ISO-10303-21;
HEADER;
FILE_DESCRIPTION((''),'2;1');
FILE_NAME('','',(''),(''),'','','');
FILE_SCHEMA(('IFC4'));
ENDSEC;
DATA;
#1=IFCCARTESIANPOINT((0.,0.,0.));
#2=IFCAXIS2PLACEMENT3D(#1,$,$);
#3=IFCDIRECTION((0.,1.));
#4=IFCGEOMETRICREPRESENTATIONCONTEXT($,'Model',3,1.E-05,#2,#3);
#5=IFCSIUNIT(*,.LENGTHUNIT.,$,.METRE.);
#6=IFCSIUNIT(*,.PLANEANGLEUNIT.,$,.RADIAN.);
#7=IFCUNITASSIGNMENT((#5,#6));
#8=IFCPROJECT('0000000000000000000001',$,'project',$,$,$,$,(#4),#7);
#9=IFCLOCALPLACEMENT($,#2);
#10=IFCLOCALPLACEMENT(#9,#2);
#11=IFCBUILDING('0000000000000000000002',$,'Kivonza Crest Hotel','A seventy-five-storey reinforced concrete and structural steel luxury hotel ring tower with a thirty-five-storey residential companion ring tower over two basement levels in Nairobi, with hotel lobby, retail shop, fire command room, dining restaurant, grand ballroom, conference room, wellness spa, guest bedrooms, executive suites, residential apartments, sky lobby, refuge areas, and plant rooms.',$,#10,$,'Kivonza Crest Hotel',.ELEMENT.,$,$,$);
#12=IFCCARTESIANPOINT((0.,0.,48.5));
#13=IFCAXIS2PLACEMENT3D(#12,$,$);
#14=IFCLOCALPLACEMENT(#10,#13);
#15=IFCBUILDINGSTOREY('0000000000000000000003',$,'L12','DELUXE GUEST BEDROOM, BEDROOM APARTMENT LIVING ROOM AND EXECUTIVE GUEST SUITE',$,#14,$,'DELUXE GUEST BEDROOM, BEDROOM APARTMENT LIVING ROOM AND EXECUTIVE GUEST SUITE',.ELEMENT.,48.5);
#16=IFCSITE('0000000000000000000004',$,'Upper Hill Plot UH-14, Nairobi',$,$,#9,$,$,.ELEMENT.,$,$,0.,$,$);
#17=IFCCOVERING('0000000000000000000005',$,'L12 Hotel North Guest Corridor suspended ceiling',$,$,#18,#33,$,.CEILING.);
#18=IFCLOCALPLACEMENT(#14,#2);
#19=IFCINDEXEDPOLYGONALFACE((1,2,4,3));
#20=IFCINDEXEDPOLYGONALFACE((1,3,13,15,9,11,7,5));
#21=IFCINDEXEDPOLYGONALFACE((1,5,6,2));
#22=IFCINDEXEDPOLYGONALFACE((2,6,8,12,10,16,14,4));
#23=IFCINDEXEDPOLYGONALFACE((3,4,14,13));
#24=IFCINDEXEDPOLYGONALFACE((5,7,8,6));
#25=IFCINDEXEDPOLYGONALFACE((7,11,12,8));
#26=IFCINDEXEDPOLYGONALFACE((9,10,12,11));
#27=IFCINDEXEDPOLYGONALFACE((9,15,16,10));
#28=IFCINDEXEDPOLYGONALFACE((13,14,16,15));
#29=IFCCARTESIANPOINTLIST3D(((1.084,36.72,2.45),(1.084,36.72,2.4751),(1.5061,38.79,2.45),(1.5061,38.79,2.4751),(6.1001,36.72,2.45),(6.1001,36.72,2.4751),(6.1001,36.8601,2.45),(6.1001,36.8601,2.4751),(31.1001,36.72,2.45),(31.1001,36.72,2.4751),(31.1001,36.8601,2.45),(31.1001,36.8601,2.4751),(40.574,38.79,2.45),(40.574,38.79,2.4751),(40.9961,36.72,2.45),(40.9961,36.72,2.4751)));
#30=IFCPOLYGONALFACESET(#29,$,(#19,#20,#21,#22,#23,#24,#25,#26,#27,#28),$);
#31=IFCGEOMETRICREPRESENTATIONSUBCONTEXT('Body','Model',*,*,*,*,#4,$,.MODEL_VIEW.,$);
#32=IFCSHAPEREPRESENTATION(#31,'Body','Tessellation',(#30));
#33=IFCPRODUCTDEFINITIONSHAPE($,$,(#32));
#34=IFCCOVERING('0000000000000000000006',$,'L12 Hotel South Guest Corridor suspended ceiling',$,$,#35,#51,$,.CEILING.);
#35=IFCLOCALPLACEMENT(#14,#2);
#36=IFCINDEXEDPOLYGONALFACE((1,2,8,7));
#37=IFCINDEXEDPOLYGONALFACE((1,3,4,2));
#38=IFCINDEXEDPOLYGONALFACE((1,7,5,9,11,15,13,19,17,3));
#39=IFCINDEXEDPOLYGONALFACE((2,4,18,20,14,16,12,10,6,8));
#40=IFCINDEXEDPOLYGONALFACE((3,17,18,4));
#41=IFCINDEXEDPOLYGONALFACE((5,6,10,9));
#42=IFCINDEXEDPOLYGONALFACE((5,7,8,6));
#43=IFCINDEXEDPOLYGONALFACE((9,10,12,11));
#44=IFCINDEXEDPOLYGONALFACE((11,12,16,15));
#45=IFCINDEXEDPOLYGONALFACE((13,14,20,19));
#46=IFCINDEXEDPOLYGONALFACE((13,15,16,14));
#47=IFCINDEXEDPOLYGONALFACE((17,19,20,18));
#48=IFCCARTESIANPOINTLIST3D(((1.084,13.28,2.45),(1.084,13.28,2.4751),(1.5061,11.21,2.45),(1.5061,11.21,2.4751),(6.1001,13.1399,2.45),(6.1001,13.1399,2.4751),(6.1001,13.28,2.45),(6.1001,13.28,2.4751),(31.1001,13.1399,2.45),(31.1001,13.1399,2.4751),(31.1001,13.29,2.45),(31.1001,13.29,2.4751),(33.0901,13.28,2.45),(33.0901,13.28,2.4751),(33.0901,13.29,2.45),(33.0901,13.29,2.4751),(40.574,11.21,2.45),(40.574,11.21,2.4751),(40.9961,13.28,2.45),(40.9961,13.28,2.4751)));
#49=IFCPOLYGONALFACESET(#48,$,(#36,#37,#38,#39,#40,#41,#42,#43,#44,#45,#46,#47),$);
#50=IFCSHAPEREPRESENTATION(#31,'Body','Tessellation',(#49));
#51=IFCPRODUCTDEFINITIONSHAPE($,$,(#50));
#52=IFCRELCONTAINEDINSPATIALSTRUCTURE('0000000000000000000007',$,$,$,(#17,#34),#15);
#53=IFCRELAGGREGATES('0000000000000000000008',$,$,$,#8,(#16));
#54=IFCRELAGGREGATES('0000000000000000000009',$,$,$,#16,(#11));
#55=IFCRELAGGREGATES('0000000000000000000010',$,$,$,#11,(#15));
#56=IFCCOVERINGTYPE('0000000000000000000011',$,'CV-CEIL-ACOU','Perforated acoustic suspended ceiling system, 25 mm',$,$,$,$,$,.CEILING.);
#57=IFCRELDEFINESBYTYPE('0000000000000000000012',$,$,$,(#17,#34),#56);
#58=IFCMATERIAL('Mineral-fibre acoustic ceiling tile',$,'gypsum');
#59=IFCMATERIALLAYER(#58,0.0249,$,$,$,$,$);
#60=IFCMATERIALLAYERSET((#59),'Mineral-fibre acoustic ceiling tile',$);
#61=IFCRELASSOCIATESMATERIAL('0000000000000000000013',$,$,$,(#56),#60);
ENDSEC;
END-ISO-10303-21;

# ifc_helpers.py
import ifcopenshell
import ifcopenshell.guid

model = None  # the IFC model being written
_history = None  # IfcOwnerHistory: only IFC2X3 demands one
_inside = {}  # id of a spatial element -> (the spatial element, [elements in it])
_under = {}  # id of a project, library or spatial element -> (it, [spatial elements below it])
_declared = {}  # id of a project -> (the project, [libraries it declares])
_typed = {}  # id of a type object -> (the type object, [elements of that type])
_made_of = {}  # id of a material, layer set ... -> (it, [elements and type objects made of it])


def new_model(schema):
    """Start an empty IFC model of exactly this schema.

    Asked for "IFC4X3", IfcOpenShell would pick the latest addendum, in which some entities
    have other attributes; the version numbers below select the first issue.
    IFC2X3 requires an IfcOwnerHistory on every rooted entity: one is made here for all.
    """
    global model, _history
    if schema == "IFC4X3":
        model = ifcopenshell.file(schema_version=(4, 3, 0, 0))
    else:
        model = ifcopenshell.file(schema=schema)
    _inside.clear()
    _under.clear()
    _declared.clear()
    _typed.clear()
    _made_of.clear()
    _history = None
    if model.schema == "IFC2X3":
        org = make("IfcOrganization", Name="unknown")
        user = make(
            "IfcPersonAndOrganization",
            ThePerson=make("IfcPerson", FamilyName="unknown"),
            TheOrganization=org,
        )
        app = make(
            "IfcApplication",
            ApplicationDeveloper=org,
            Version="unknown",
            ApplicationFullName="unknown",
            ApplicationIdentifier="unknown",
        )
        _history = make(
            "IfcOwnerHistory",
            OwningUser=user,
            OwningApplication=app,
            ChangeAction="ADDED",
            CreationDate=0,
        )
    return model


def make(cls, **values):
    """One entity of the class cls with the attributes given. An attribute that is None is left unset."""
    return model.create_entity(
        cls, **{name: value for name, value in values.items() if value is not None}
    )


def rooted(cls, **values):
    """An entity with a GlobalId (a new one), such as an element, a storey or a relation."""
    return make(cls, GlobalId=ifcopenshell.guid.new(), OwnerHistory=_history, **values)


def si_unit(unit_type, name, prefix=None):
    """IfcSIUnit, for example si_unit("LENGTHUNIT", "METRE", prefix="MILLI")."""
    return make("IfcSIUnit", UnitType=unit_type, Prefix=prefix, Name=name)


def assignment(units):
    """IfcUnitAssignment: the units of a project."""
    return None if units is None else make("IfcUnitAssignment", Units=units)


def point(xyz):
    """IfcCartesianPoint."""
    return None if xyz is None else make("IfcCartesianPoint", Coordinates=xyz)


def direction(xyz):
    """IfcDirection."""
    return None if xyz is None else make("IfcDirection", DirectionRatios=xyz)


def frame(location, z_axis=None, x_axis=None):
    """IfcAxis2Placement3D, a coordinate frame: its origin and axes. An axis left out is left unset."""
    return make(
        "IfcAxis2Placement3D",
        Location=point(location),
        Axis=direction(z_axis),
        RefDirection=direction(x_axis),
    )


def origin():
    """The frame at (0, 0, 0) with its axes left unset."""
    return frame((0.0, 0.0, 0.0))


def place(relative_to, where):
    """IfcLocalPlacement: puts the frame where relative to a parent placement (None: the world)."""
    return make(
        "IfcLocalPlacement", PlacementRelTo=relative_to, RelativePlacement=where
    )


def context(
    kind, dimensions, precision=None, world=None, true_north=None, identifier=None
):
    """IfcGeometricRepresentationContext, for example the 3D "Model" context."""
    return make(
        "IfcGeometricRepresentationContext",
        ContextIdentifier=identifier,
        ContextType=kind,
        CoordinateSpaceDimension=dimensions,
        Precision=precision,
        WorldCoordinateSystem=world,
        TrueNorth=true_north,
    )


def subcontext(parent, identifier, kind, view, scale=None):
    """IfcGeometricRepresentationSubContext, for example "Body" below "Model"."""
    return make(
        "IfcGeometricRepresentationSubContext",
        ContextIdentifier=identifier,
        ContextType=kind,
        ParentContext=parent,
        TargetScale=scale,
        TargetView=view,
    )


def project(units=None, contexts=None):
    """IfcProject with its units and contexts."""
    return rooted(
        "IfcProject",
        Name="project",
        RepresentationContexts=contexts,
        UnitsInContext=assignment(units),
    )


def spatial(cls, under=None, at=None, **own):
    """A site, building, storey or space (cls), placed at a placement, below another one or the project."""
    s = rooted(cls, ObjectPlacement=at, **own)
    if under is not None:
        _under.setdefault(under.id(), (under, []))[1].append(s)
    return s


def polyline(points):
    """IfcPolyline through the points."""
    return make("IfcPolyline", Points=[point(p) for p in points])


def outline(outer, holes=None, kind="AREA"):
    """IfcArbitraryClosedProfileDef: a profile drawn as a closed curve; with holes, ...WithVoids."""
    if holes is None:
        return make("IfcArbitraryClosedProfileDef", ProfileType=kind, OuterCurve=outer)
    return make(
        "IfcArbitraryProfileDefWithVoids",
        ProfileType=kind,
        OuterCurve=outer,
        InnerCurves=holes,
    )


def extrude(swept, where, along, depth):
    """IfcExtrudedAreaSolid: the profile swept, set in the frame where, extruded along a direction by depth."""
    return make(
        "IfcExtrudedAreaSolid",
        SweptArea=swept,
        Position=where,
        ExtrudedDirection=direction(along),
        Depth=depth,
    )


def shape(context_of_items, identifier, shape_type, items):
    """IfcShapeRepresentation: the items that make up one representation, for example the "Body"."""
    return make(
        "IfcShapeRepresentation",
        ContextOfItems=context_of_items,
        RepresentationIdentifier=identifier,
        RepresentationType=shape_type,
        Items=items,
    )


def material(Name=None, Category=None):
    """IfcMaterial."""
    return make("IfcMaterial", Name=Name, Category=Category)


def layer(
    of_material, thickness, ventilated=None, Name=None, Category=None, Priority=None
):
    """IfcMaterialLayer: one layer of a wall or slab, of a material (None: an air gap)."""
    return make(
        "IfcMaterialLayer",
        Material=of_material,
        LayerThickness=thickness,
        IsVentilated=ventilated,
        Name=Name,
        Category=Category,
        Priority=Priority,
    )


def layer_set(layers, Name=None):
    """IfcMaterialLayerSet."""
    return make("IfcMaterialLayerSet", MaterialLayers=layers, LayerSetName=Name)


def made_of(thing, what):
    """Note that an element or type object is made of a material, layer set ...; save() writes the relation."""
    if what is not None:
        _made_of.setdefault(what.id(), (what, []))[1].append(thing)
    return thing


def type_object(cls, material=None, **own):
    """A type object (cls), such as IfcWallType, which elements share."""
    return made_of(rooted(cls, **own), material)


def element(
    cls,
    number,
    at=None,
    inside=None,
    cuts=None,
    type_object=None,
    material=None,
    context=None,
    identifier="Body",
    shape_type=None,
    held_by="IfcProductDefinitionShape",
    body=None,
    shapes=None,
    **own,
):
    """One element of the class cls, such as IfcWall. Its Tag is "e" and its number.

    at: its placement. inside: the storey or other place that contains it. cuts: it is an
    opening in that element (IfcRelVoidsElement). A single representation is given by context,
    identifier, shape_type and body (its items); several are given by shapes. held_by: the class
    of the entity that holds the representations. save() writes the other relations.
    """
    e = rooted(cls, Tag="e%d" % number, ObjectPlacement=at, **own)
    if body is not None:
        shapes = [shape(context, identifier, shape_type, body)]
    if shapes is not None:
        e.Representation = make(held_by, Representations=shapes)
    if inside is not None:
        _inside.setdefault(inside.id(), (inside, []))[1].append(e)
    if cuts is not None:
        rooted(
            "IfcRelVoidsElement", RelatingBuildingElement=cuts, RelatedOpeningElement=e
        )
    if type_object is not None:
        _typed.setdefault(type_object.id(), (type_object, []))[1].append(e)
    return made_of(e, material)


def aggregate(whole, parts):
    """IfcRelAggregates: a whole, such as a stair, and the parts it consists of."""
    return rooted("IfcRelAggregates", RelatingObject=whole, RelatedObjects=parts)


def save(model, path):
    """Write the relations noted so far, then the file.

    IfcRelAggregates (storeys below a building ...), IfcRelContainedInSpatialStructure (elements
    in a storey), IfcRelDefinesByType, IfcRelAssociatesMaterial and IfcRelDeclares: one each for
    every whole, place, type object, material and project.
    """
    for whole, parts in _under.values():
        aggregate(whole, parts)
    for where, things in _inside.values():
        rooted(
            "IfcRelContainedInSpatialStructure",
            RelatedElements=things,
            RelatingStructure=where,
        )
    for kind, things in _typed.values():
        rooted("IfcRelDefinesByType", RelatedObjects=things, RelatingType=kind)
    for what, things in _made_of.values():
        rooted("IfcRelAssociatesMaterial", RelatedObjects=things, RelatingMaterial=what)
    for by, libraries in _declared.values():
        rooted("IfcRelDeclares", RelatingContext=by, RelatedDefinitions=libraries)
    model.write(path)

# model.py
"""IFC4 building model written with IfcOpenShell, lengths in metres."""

from ifc_helpers import new_model, si_unit, direction, frame, origin, place, context, subcontext, project, spatial, polyline, outline, extrude, material, layer, layer_set, type_object, element, save


model = new_model("IFC4")

# Units and contexts
model_context = context("Model", 3, precision=1e-05, world=origin(), true_north=direction((0.0, 1.0)))
body_context = subcontext(model_context, "Body", "Model", "MODEL_VIEW")
ifc_project = project(units=[si_unit("LENGTHUNIT", "METRE"), si_unit("PLANEANGLEUNIT", "RADIAN")], contexts=[model_context])

# Site, building, storey
site_placement = place(None, origin())
site = spatial("IfcSite", under=ifc_project, at=site_placement, Name="Upper Hill Plot UH-14, Nairobi", CompositionType="ELEMENT", RefElevation=0.0)
building_placement = place(site_placement, origin())
building = spatial("IfcBuilding", under=site, at=building_placement, Name="Kivonza Crest Hotel", Description="A seventy-five-storey reinforced concrete and structural steel luxury hotel ring tower with a thirty-five-storey residential companion ring tower over two basement levels in Nairobi, with hotel lobby, retail shop, fire command room, dining restaurant, grand ballroom, conference room, wellness spa, guest bedrooms, executive suites, residential apartments, sky lobby, refuge areas, and plant rooms.", LongName="Kivonza Crest Hotel", CompositionType="ELEMENT")
storey_placement = place(building_placement, frame((0.0, 0.0, 48.5)))
storey = spatial("IfcBuildingStorey", under=building, at=storey_placement, Name="L12", Description="DELUXE GUEST BEDROOM, BEDROOM APARTMENT LIVING ROOM AND EXECUTIVE GUEST SUITE", LongName="DELUXE GUEST BEDROOM, BEDROOM APARTMENT LIVING ROOM AND EXECUTIVE GUEST SUITE", CompositionType="ELEMENT", Elevation=48.5)

# Coverings
ifc_material_1 = material(Name="Mineral-fibre acoustic ceiling tile", Category="gypsum")
ifc_layer_1 = layer(ifc_material_1, 0.0249)
ifc_layer_set_1 = layer_set([ifc_layer_1], Name="Mineral-fibre acoustic ceiling tile")
covering_type = type_object("IfcCoveringType", Name="CV-CEIL-ACOU", Description="Perforated acoustic suspended ceiling system, 25 mm", PredefinedType="CEILING", material=ifc_layer_set_1)
covering_1_placement = place(storey_placement, frame((0.0, 0.0, 2.45)))
element("IfcCovering", 1, at=covering_1_placement, inside=storey, type_object=covering_type, Name="L12 Hotel North Guest Corridor suspended ceiling", PredefinedType="CEILING", context=body_context, shape_type="SweptSolid", body=[
    extrude(outline(polyline([(1.5061, 38.79), (1.084, 36.72), (6.1001, 36.72), (6.1001, 36.8601), (31.1001, 36.8601), (31.1001, 36.72), (40.9961, 36.72), (40.574, 38.79), (1.5061, 38.79)])), origin(), (0.0, 0.0, 1.0), 0.0251),
])
covering_2_placement = place(storey_placement, frame((0.0, 0.0, 2.45)))
element("IfcCovering", 2, at=covering_2_placement, inside=storey, type_object=covering_type, Name="L12 Hotel South Guest Corridor suspended ceiling", PredefinedType="CEILING", context=body_context, shape_type="SweptSolid", body=[
    extrude(outline(polyline([(31.1001, 13.29), (31.1001, 13.1399), (6.1001, 13.1399), (6.1001, 13.28), (1.084, 13.28), (1.5061, 11.21), (40.574, 11.21), (40.9961, 13.28), (33.0901, 13.28), (33.0901, 13.29), (31.1001, 13.29)])), origin(), (0.0, 0.0, 1.0), 0.0251),
])

save(model, "model.ifc")
